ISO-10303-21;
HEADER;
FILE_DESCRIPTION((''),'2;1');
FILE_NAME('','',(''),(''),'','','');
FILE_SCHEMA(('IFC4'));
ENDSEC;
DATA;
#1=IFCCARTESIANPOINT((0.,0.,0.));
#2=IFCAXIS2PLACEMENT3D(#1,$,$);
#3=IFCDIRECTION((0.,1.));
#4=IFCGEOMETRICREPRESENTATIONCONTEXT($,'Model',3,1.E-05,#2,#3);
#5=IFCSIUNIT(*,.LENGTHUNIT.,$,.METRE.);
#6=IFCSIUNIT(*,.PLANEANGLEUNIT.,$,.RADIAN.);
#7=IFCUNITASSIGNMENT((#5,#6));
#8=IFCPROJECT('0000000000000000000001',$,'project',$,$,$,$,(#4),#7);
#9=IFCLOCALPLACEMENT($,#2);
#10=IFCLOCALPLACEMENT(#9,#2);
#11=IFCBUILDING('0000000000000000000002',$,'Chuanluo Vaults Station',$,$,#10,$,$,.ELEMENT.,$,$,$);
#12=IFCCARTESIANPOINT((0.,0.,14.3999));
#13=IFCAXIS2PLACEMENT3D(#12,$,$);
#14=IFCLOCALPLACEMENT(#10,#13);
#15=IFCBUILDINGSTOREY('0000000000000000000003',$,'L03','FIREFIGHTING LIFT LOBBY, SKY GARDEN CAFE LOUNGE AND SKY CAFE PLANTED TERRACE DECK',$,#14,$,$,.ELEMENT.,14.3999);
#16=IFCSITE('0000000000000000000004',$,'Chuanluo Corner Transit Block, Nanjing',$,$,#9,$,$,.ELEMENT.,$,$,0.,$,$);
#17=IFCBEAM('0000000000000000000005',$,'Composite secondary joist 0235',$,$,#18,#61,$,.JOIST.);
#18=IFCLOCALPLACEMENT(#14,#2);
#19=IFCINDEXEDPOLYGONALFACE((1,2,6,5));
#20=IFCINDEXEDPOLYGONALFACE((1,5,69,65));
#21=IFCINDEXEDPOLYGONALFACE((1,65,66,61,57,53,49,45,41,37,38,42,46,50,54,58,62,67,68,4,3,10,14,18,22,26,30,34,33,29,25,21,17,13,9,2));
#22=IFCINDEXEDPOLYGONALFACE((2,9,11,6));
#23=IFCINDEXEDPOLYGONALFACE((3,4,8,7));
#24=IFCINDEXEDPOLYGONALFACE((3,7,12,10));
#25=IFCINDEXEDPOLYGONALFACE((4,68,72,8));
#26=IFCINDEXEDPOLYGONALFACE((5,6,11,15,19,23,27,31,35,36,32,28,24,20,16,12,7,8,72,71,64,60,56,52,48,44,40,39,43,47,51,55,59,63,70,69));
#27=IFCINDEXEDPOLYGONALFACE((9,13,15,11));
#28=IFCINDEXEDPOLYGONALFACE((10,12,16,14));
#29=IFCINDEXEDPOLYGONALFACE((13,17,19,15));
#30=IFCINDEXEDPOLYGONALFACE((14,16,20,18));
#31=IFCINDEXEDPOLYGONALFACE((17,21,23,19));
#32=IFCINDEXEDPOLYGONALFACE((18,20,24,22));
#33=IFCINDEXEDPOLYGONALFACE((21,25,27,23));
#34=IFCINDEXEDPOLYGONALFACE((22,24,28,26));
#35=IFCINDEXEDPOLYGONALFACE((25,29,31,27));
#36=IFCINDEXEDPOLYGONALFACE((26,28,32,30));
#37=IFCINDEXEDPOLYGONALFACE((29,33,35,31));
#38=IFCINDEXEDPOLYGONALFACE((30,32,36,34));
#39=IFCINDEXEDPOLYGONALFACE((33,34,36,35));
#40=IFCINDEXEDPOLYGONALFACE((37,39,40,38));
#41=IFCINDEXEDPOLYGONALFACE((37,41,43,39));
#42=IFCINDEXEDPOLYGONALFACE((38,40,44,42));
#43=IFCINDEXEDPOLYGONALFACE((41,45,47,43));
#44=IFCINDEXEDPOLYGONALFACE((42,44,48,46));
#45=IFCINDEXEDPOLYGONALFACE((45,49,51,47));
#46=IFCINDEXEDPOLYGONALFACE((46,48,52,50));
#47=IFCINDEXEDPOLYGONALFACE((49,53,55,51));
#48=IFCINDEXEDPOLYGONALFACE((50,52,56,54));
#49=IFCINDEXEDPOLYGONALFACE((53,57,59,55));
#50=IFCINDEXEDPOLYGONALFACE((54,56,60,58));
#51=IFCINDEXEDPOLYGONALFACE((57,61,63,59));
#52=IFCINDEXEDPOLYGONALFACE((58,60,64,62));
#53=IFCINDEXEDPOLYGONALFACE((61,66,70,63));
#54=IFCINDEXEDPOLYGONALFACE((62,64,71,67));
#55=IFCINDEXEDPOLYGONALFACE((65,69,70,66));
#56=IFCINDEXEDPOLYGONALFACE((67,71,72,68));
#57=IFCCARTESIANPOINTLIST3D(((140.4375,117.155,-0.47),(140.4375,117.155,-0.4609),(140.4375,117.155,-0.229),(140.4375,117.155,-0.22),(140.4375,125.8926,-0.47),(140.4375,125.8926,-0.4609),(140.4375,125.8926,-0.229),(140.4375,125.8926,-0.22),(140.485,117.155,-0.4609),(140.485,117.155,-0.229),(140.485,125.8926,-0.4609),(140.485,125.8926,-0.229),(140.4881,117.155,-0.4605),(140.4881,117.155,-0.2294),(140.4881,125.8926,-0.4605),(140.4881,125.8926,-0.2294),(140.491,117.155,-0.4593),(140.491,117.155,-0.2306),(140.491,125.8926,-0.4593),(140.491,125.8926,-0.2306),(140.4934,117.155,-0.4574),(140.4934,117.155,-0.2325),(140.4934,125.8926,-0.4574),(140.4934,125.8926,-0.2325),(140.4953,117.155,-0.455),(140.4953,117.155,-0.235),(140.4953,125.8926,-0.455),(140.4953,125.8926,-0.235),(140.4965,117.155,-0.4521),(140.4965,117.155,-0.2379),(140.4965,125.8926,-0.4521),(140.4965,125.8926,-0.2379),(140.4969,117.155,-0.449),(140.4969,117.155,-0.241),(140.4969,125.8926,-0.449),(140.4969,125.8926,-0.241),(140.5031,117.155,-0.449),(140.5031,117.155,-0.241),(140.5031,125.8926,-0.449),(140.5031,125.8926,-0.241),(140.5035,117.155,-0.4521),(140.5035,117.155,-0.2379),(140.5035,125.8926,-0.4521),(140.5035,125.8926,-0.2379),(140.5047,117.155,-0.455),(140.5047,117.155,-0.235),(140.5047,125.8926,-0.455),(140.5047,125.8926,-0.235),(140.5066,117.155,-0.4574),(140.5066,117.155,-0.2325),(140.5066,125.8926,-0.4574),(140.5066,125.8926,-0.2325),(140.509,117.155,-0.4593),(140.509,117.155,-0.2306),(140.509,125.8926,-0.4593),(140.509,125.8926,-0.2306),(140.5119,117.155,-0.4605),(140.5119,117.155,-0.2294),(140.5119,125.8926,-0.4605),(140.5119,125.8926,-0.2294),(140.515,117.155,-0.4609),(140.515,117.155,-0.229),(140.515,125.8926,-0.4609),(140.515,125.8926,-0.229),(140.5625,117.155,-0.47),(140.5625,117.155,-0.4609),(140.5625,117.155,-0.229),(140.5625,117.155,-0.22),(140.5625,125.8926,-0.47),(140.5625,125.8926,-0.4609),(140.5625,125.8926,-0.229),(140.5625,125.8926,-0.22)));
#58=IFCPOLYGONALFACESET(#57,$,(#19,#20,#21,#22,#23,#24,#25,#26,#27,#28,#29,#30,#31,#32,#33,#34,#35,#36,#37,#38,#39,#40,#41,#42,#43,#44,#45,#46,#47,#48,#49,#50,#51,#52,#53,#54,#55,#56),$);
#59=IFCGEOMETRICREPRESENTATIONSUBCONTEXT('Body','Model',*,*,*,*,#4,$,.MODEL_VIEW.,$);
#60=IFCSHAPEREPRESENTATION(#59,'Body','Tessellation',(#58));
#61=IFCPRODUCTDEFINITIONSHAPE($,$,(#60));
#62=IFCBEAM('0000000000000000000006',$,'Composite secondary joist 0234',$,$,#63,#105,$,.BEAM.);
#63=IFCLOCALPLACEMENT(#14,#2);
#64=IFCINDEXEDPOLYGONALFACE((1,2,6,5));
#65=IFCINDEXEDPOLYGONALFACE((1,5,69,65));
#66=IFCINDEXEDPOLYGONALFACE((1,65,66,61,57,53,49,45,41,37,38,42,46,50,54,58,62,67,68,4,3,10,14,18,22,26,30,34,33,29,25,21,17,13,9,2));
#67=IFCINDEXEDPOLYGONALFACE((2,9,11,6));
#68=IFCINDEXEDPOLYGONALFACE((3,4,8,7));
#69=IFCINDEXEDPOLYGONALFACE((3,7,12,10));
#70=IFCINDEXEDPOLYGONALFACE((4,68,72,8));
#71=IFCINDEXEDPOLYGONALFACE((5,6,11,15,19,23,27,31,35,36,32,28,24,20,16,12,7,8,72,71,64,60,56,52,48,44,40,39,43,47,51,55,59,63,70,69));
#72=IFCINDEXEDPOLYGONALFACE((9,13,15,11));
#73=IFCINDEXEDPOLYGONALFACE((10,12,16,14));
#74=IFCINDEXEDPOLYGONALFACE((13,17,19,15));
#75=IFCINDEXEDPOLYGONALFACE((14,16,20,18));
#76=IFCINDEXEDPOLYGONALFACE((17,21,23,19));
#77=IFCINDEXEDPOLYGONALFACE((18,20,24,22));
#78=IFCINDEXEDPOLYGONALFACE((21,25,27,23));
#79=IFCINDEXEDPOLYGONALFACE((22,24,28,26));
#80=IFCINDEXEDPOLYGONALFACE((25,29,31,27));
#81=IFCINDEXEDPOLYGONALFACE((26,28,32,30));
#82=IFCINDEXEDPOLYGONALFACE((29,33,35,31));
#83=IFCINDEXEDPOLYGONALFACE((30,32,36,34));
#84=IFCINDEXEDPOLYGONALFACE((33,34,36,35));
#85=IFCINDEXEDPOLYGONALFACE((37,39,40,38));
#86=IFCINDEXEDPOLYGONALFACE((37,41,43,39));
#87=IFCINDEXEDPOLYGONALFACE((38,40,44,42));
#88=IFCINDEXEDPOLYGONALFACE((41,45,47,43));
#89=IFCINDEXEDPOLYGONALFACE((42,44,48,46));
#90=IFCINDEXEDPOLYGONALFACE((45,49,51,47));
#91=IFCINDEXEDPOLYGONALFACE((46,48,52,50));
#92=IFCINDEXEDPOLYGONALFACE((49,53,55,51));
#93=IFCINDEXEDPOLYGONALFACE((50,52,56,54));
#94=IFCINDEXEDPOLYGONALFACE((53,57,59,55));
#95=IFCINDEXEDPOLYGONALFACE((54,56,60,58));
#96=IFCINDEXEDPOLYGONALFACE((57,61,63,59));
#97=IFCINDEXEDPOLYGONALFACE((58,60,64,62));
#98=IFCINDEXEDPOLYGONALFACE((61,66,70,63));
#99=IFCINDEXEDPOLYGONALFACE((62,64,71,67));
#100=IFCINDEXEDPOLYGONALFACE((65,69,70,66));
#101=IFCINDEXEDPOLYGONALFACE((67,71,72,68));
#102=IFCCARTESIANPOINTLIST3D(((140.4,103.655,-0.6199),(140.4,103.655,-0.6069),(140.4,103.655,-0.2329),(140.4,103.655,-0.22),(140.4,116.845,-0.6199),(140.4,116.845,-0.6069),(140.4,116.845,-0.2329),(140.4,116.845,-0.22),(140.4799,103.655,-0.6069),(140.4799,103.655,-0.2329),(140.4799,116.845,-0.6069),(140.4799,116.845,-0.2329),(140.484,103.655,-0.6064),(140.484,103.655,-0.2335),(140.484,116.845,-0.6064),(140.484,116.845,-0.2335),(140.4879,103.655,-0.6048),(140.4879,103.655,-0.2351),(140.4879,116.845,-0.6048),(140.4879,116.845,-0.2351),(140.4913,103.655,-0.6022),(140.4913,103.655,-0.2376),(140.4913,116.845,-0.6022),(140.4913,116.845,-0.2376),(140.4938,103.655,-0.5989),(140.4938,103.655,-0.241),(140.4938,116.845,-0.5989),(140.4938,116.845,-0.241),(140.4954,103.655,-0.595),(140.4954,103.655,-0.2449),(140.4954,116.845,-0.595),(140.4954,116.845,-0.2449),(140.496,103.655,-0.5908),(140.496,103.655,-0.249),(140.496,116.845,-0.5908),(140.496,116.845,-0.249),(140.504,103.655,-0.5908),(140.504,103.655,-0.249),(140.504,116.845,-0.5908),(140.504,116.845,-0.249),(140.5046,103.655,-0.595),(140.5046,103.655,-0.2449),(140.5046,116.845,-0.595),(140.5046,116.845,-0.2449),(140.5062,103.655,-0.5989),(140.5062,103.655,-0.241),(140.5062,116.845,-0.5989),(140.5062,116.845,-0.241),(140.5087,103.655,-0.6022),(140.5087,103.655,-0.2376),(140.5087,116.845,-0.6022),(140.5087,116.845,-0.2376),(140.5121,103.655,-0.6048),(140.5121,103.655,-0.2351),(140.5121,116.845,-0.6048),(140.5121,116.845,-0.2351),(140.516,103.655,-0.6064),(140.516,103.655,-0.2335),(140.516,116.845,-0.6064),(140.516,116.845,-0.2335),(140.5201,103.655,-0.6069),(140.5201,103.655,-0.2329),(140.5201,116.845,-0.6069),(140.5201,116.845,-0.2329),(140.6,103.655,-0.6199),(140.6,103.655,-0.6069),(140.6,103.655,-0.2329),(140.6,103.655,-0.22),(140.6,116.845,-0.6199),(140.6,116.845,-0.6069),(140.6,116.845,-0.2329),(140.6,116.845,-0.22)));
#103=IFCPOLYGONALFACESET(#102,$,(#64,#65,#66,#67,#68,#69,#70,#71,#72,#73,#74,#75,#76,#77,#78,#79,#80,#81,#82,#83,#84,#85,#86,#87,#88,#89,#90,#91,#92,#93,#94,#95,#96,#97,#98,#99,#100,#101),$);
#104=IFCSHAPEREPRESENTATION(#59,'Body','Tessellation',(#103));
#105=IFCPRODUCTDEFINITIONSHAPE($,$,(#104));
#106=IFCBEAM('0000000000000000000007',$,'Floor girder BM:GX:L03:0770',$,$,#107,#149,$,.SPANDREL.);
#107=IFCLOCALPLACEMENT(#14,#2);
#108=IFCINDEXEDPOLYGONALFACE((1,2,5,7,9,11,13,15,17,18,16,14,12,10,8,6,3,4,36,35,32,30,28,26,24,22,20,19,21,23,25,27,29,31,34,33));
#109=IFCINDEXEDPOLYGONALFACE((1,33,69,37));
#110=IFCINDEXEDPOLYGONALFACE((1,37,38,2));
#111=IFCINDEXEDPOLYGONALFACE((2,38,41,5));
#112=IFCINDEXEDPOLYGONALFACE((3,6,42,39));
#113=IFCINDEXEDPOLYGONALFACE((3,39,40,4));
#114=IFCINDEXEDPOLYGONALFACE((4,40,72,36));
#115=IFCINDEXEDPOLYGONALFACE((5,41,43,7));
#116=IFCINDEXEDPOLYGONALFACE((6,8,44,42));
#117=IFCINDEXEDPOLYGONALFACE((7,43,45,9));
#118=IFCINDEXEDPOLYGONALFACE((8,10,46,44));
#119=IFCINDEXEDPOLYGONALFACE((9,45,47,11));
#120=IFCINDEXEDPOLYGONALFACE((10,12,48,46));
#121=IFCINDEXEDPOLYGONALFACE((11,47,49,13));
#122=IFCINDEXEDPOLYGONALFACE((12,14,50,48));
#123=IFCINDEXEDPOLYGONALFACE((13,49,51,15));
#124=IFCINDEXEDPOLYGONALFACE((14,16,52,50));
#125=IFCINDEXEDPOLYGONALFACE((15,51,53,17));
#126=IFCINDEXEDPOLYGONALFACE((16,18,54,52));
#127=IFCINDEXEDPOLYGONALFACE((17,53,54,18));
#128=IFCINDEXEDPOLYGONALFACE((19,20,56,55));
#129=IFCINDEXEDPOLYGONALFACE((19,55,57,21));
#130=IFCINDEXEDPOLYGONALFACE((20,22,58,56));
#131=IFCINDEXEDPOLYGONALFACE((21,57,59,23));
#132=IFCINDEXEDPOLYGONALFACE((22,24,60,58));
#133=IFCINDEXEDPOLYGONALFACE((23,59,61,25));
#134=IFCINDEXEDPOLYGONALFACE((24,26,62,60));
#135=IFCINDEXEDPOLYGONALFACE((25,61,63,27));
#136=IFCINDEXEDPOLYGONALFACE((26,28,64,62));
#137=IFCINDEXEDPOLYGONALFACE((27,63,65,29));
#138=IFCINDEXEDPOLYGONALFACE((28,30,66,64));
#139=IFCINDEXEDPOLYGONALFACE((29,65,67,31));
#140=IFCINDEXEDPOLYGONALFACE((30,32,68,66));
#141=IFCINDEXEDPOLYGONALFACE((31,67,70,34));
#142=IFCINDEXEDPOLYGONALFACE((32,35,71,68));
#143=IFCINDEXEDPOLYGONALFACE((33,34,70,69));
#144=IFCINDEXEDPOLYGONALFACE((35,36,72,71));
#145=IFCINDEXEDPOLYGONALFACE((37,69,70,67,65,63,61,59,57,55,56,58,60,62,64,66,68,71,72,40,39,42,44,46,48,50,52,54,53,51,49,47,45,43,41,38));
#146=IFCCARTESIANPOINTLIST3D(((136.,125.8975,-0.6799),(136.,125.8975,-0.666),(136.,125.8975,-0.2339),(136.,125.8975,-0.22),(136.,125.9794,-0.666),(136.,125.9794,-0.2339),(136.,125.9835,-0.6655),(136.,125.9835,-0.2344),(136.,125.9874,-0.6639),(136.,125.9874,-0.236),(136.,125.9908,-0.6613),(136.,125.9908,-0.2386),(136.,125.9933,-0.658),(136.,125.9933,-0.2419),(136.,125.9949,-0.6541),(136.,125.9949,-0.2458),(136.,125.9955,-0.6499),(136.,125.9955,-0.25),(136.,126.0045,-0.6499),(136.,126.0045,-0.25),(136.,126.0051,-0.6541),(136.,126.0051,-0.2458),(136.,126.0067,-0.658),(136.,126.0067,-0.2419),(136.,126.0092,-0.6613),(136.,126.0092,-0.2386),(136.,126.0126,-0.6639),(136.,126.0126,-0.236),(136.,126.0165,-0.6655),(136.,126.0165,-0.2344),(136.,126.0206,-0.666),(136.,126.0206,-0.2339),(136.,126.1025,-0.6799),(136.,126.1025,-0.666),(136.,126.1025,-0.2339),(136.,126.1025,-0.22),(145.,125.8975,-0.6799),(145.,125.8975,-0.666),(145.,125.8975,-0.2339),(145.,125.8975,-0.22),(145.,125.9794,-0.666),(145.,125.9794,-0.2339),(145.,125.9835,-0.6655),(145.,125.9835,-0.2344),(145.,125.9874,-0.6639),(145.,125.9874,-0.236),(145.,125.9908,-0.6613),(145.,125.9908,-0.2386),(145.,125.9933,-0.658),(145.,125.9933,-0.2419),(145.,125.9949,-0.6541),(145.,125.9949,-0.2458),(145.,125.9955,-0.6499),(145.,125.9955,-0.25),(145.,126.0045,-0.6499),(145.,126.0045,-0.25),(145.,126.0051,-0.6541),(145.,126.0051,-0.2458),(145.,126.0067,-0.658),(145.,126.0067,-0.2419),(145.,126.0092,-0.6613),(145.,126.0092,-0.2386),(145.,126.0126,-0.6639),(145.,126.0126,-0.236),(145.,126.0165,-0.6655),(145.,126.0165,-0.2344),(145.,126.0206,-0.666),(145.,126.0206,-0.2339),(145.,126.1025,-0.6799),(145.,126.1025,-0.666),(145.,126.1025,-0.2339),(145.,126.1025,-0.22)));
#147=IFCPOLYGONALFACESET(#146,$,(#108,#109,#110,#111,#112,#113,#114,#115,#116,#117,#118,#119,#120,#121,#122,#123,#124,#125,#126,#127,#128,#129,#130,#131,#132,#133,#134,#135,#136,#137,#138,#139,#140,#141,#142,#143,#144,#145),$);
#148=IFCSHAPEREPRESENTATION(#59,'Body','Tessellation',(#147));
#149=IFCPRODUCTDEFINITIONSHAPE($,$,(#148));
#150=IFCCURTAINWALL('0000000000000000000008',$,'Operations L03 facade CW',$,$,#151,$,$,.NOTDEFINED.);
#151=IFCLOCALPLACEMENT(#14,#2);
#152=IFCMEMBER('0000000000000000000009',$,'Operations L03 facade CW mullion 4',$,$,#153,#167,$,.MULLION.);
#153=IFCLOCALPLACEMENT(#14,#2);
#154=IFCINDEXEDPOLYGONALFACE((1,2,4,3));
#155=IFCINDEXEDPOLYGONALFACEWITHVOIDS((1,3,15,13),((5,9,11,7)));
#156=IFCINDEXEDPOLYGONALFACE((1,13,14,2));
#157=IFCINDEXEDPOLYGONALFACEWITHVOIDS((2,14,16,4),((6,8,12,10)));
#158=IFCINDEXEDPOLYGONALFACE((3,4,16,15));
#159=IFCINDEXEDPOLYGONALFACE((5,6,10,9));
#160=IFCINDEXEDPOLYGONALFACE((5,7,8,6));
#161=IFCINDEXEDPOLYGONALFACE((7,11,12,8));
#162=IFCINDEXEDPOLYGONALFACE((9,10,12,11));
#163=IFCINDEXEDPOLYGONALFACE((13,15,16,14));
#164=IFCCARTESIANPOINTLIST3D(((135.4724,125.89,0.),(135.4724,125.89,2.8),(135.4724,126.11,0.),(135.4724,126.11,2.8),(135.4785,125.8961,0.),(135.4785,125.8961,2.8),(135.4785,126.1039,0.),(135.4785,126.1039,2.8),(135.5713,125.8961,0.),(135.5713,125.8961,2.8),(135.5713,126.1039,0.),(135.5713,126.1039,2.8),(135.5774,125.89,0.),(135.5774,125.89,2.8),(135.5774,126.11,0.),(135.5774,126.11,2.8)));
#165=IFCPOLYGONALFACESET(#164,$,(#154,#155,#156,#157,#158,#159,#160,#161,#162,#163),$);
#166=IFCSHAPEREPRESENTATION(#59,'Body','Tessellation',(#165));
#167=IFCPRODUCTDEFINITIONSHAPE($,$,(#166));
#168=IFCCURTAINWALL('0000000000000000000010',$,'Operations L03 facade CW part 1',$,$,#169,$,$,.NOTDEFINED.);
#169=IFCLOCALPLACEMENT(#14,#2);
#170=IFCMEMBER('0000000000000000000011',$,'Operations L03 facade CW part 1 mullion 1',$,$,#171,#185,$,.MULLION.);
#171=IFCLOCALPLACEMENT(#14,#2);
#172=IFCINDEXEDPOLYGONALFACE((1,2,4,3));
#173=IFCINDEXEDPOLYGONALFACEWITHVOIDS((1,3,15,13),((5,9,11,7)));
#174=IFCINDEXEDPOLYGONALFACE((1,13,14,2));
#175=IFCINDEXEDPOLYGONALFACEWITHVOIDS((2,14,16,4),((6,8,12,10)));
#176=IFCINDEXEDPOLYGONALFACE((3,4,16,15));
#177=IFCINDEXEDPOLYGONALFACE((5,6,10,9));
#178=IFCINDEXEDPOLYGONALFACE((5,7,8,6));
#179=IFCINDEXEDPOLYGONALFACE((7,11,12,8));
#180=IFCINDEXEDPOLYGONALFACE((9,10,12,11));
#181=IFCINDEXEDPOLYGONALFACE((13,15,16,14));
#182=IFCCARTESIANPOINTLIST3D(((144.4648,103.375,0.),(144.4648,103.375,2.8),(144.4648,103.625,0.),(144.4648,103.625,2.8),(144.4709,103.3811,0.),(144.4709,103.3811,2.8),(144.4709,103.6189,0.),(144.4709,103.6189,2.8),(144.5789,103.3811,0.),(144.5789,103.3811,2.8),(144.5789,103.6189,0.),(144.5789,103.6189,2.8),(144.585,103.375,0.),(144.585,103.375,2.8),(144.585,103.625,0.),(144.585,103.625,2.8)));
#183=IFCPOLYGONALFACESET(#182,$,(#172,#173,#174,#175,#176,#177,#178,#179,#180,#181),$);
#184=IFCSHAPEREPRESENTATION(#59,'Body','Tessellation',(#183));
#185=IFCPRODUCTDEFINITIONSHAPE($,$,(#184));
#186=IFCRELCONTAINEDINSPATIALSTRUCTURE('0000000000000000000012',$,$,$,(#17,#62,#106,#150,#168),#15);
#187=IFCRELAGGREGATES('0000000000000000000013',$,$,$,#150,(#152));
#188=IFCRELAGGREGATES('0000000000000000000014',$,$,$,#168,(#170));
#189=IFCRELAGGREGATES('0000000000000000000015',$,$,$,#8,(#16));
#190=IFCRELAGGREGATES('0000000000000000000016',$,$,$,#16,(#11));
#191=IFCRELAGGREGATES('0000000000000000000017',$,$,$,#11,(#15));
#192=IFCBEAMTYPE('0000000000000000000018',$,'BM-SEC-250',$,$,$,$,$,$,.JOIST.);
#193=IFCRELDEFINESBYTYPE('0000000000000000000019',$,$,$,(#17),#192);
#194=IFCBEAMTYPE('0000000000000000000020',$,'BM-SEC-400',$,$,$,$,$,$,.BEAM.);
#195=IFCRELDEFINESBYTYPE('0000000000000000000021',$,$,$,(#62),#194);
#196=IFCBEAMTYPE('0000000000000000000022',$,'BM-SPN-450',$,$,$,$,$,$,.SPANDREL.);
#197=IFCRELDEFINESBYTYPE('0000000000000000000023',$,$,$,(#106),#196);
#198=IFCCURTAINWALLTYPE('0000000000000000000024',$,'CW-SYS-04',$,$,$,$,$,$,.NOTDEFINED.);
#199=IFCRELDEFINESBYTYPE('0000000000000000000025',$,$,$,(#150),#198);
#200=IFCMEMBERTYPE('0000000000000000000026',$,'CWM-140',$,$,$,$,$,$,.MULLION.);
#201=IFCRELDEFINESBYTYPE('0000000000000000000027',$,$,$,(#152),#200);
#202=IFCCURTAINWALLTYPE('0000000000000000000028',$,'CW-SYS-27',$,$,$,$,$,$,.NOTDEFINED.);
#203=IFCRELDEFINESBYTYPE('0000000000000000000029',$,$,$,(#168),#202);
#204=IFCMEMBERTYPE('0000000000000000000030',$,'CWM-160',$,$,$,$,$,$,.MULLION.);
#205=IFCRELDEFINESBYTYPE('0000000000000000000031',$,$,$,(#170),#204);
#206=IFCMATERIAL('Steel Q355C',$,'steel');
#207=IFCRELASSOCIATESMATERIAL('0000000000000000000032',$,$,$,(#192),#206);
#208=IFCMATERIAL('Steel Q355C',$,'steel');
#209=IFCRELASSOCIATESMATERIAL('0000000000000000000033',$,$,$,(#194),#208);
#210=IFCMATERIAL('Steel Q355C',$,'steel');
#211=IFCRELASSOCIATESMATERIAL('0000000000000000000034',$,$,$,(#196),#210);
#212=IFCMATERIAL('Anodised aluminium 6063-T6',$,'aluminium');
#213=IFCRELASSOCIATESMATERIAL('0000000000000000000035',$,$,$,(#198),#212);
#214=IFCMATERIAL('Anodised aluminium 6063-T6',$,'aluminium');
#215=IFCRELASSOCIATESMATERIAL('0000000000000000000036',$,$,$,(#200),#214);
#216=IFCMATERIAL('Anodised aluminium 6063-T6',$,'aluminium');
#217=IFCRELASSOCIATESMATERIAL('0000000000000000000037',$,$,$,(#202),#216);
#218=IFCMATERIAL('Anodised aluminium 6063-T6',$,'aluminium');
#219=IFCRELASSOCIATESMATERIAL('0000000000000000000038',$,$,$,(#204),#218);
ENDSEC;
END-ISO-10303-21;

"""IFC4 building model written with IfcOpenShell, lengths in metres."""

from ifc_helpers import new_model, si_unit, direction, frame, origin, origin_2d, place, context, subcontext, project, spatial, hollow_rectangle, i_section, extrude, material, material_profile, profile_set, type_object, element, aggregate, save


model = new_model("IFC4")

# Units and contexts
model_context = context("Model", 3, precision=1e-05, world=origin(), true_north=direction((0.0, 1.0)))
body_context = subcontext(model_context, "Body", "Model", "MODEL_VIEW")
ifc_project = project(units=[si_unit("LENGTHUNIT", "METRE"), si_unit("PLANEANGLEUNIT", "RADIAN")], contexts=[model_context])

# Site, building, storey
site_placement = place(None, origin())
site = spatial("IfcSite", under=ifc_project, at=site_placement, Name="Chuanluo Corner Transit Block, Nanjing", CompositionType="ELEMENT", RefElevation=0.0)
building_placement = place(site_placement, origin())
building = spatial("IfcBuilding", under=site, at=building_placement, Name="Chuanluo Vaults Station", CompositionType="ELEMENT")
storey_placement = place(building_placement, frame((0.0, 0.0, 14.3999)))
storey = spatial("IfcBuildingStorey", under=building, at=storey_placement, Name="L03", Description="FIREFIGHTING LIFT LOBBY, SKY GARDEN CAFE LOUNGE AND SKY CAFE PLANTED TERRACE DECK", CompositionType="ELEMENT", Elevation=14.3999)

# Beams
ifc_material_1 = material(Name="Steel Q355C", Category="steel")
ifc_material_profile_1 = material_profile(ifc_material_1, i_section(OverallWidth=0.125, OverallDepth=0.25, WebThickness=0.0061, FlangeThickness=0.009, FilletRadius=0.012, at=origin_2d()))
ifc_profile_set_1 = profile_set([ifc_material_profile_1], Name="Steel Q355C")
beam_type_1 = type_object("IfcBeamType", Name="BM-SEC-250", PredefinedType="JOIST", material=ifc_profile_set_1)
beam_1_placement = place(storey_placement, frame((140.5, 117.155, -0.345), z_axis=(0.0, 1.0, 0.0), x_axis=(-1.0, 0.0, 0.0)))
element("IfcBeam", 1, at=beam_1_placement, inside=storey, type_object=beam_type_1, Name="Composite secondary joist 0235", PredefinedType="JOIST", context=body_context, shape_type="SweptSolid", body=[
    extrude(i_section(OverallWidth=0.125, OverallDepth=0.25, WebThickness=0.0061, FlangeThickness=0.009, FilletRadius=0.012, at=origin_2d()), origin(), (0.0, 0.0, 1.0), 8.7375),
])
ifc_material_2 = material(Name="Steel Q355C", Category="steel")
ifc_material_profile_2 = material_profile(ifc_material_2, i_section(OverallWidth=0.2, OverallDepth=0.3999, WebThickness=0.0081, FlangeThickness=0.0129, FilletRadius=0.0161, at=origin_2d()))
ifc_profile_set_2 = profile_set([ifc_material_profile_2], Name="Steel Q355C")
beam_type_2 = type_object("IfcBeamType", Name="BM-SEC-400", PredefinedType="BEAM", material=ifc_profile_set_2)
beam_2_placement = place(storey_placement, frame((140.5, 103.655, -0.4199), z_axis=(0.0, 1.0, 0.0), x_axis=(-1.0, 0.0, 0.0)))
element("IfcBeam", 2, at=beam_2_placement, inside=storey, type_object=beam_type_2, Name="Composite secondary joist 0234", PredefinedType="BEAM", context=body_context, shape_type="SweptSolid", body=[
    extrude(i_section(OverallWidth=0.2, OverallDepth=0.3999, WebThickness=0.0081, FlangeThickness=0.0129, FilletRadius=0.0161, at=origin_2d()), origin(), (0.0, 0.0, 1.0), 13.1899),
])
ifc_material_3 = material(Name="Steel Q355C", Category="steel")
ifc_material_profile_3 = material_profile(ifc_material_3, i_section(OverallWidth=0.2051, OverallDepth=0.46, WebThickness=0.009, FlangeThickness=0.0139, FilletRadius=0.0161, at=origin_2d()))
ifc_profile_set_3 = profile_set([ifc_material_profile_3], Name="Steel Q355C")
beam_type_3 = type_object("IfcBeamType", Name="BM-SPN-450", PredefinedType="SPANDREL", material=ifc_profile_set_3)
beam_3_placement = place(storey_placement, frame((136.0, 126.0, -0.45), z_axis=(1.0, 0.0, 0.0), x_axis=(0.0, 1.0, 0.0)))
element("IfcBeam", 3, at=beam_3_placement, inside=storey, type_object=beam_type_3, Name="Floor girder BM:GX:L03:0770", PredefinedType="SPANDREL", context=body_context, shape_type="SweptSolid", body=[
    extrude(i_section(OverallWidth=0.2051, OverallDepth=0.46, WebThickness=0.009, FlangeThickness=0.0139, FilletRadius=0.0161, at=origin_2d()), origin(), (0.0, 0.0, 1.0), 9.0),
])

# Curtain wall, member
ifc_material_4 = material(Name="Anodised aluminium 6063-T6", Category="aluminium")
curtain_wall_type_1 = type_object("IfcCurtainWallType", Name="CW-SYS-04", PredefinedType="NOTDEFINED", material=ifc_material_4)
curtain_wall_1_placement = place(storey_placement, origin())
curtain_wall_1 = element("IfcCurtainWall", 4, at=curtain_wall_1_placement, inside=storey, type_object=curtain_wall_type_1, Name="Operations L03 facade CW", PredefinedType="NOTDEFINED")
ifc_material_5 = material(Name="Anodised aluminium 6063-T6", Category="aluminium")
ifc_material_profile_4 = material_profile(ifc_material_5, hollow_rectangle(XDim=0.105, YDim=0.22, WallThickness=0.0061, at=origin_2d()))
ifc_profile_set_4 = profile_set([ifc_material_profile_4], Name="Anodised aluminium 6063-T6")
member_type_1 = type_object("IfcMemberType", Name="CWM-140", PredefinedType="MULLION", material=ifc_profile_set_4)
member_1_placement = place(storey_placement, frame((135.5249, 126.0, 0.0), z_axis=(0.0, 0.0, 1.0), x_axis=(1.0, 0.0, 0.0)))
member_1 = element("IfcMember", 5, at=member_1_placement, type_object=member_type_1, Name="Operations L03 facade CW mullion 4", PredefinedType="MULLION", context=body_context, shape_type="SweptSolid", body=[
    extrude(hollow_rectangle(XDim=0.105, YDim=0.22, WallThickness=0.0061, at=origin_2d()), origin(), (0.0, 0.0, 1.0), 2.8),
])

# Curtain wall, member
ifc_material_6 = material(Name="Anodised aluminium 6063-T6", Category="aluminium")
curtain_wall_type_2 = type_object("IfcCurtainWallType", Name="CW-SYS-27", PredefinedType="NOTDEFINED", material=ifc_material_6)
curtain_wall_2_placement = place(storey_placement, origin())
curtain_wall_2 = element("IfcCurtainWall", 6, at=curtain_wall_2_placement, inside=storey, type_object=curtain_wall_type_2, Name="Operations L03 facade CW part 1", PredefinedType="NOTDEFINED")
ifc_material_7 = material(Name="Anodised aluminium 6063-T6", Category="aluminium")
ifc_material_profile_5 = material_profile(ifc_material_7, hollow_rectangle(XDim=0.1201, YDim=0.25, WallThickness=0.0061, at=origin_2d()))
ifc_profile_set_5 = profile_set([ifc_material_profile_5], Name="Anodised aluminium 6063-T6")
member_type_2 = type_object("IfcMemberType", Name="CWM-160", PredefinedType="MULLION", material=ifc_profile_set_5)
member_2_placement = place(storey_placement, frame((144.5249, 103.5, 0.0), z_axis=(0.0, 0.0, 1.0), x_axis=(-1.0, 0.0, 0.0)))
member_2 = element("IfcMember", 7, at=member_2_placement, type_object=member_type_2, Name="Operations L03 facade CW part 1 mullion 1", PredefinedType="MULLION", context=body_context, shape_type="SweptSolid", body=[
    extrude(hollow_rectangle(XDim=0.1201, YDim=0.25, WallThickness=0.0061, at=origin_2d()), origin(), (0.0, 0.0, 1.0), 2.8),
])

aggregate(curtain_wall_1, [member_1])
aggregate(curtain_wall_2, [member_2])

save(model, "model.ifc")
